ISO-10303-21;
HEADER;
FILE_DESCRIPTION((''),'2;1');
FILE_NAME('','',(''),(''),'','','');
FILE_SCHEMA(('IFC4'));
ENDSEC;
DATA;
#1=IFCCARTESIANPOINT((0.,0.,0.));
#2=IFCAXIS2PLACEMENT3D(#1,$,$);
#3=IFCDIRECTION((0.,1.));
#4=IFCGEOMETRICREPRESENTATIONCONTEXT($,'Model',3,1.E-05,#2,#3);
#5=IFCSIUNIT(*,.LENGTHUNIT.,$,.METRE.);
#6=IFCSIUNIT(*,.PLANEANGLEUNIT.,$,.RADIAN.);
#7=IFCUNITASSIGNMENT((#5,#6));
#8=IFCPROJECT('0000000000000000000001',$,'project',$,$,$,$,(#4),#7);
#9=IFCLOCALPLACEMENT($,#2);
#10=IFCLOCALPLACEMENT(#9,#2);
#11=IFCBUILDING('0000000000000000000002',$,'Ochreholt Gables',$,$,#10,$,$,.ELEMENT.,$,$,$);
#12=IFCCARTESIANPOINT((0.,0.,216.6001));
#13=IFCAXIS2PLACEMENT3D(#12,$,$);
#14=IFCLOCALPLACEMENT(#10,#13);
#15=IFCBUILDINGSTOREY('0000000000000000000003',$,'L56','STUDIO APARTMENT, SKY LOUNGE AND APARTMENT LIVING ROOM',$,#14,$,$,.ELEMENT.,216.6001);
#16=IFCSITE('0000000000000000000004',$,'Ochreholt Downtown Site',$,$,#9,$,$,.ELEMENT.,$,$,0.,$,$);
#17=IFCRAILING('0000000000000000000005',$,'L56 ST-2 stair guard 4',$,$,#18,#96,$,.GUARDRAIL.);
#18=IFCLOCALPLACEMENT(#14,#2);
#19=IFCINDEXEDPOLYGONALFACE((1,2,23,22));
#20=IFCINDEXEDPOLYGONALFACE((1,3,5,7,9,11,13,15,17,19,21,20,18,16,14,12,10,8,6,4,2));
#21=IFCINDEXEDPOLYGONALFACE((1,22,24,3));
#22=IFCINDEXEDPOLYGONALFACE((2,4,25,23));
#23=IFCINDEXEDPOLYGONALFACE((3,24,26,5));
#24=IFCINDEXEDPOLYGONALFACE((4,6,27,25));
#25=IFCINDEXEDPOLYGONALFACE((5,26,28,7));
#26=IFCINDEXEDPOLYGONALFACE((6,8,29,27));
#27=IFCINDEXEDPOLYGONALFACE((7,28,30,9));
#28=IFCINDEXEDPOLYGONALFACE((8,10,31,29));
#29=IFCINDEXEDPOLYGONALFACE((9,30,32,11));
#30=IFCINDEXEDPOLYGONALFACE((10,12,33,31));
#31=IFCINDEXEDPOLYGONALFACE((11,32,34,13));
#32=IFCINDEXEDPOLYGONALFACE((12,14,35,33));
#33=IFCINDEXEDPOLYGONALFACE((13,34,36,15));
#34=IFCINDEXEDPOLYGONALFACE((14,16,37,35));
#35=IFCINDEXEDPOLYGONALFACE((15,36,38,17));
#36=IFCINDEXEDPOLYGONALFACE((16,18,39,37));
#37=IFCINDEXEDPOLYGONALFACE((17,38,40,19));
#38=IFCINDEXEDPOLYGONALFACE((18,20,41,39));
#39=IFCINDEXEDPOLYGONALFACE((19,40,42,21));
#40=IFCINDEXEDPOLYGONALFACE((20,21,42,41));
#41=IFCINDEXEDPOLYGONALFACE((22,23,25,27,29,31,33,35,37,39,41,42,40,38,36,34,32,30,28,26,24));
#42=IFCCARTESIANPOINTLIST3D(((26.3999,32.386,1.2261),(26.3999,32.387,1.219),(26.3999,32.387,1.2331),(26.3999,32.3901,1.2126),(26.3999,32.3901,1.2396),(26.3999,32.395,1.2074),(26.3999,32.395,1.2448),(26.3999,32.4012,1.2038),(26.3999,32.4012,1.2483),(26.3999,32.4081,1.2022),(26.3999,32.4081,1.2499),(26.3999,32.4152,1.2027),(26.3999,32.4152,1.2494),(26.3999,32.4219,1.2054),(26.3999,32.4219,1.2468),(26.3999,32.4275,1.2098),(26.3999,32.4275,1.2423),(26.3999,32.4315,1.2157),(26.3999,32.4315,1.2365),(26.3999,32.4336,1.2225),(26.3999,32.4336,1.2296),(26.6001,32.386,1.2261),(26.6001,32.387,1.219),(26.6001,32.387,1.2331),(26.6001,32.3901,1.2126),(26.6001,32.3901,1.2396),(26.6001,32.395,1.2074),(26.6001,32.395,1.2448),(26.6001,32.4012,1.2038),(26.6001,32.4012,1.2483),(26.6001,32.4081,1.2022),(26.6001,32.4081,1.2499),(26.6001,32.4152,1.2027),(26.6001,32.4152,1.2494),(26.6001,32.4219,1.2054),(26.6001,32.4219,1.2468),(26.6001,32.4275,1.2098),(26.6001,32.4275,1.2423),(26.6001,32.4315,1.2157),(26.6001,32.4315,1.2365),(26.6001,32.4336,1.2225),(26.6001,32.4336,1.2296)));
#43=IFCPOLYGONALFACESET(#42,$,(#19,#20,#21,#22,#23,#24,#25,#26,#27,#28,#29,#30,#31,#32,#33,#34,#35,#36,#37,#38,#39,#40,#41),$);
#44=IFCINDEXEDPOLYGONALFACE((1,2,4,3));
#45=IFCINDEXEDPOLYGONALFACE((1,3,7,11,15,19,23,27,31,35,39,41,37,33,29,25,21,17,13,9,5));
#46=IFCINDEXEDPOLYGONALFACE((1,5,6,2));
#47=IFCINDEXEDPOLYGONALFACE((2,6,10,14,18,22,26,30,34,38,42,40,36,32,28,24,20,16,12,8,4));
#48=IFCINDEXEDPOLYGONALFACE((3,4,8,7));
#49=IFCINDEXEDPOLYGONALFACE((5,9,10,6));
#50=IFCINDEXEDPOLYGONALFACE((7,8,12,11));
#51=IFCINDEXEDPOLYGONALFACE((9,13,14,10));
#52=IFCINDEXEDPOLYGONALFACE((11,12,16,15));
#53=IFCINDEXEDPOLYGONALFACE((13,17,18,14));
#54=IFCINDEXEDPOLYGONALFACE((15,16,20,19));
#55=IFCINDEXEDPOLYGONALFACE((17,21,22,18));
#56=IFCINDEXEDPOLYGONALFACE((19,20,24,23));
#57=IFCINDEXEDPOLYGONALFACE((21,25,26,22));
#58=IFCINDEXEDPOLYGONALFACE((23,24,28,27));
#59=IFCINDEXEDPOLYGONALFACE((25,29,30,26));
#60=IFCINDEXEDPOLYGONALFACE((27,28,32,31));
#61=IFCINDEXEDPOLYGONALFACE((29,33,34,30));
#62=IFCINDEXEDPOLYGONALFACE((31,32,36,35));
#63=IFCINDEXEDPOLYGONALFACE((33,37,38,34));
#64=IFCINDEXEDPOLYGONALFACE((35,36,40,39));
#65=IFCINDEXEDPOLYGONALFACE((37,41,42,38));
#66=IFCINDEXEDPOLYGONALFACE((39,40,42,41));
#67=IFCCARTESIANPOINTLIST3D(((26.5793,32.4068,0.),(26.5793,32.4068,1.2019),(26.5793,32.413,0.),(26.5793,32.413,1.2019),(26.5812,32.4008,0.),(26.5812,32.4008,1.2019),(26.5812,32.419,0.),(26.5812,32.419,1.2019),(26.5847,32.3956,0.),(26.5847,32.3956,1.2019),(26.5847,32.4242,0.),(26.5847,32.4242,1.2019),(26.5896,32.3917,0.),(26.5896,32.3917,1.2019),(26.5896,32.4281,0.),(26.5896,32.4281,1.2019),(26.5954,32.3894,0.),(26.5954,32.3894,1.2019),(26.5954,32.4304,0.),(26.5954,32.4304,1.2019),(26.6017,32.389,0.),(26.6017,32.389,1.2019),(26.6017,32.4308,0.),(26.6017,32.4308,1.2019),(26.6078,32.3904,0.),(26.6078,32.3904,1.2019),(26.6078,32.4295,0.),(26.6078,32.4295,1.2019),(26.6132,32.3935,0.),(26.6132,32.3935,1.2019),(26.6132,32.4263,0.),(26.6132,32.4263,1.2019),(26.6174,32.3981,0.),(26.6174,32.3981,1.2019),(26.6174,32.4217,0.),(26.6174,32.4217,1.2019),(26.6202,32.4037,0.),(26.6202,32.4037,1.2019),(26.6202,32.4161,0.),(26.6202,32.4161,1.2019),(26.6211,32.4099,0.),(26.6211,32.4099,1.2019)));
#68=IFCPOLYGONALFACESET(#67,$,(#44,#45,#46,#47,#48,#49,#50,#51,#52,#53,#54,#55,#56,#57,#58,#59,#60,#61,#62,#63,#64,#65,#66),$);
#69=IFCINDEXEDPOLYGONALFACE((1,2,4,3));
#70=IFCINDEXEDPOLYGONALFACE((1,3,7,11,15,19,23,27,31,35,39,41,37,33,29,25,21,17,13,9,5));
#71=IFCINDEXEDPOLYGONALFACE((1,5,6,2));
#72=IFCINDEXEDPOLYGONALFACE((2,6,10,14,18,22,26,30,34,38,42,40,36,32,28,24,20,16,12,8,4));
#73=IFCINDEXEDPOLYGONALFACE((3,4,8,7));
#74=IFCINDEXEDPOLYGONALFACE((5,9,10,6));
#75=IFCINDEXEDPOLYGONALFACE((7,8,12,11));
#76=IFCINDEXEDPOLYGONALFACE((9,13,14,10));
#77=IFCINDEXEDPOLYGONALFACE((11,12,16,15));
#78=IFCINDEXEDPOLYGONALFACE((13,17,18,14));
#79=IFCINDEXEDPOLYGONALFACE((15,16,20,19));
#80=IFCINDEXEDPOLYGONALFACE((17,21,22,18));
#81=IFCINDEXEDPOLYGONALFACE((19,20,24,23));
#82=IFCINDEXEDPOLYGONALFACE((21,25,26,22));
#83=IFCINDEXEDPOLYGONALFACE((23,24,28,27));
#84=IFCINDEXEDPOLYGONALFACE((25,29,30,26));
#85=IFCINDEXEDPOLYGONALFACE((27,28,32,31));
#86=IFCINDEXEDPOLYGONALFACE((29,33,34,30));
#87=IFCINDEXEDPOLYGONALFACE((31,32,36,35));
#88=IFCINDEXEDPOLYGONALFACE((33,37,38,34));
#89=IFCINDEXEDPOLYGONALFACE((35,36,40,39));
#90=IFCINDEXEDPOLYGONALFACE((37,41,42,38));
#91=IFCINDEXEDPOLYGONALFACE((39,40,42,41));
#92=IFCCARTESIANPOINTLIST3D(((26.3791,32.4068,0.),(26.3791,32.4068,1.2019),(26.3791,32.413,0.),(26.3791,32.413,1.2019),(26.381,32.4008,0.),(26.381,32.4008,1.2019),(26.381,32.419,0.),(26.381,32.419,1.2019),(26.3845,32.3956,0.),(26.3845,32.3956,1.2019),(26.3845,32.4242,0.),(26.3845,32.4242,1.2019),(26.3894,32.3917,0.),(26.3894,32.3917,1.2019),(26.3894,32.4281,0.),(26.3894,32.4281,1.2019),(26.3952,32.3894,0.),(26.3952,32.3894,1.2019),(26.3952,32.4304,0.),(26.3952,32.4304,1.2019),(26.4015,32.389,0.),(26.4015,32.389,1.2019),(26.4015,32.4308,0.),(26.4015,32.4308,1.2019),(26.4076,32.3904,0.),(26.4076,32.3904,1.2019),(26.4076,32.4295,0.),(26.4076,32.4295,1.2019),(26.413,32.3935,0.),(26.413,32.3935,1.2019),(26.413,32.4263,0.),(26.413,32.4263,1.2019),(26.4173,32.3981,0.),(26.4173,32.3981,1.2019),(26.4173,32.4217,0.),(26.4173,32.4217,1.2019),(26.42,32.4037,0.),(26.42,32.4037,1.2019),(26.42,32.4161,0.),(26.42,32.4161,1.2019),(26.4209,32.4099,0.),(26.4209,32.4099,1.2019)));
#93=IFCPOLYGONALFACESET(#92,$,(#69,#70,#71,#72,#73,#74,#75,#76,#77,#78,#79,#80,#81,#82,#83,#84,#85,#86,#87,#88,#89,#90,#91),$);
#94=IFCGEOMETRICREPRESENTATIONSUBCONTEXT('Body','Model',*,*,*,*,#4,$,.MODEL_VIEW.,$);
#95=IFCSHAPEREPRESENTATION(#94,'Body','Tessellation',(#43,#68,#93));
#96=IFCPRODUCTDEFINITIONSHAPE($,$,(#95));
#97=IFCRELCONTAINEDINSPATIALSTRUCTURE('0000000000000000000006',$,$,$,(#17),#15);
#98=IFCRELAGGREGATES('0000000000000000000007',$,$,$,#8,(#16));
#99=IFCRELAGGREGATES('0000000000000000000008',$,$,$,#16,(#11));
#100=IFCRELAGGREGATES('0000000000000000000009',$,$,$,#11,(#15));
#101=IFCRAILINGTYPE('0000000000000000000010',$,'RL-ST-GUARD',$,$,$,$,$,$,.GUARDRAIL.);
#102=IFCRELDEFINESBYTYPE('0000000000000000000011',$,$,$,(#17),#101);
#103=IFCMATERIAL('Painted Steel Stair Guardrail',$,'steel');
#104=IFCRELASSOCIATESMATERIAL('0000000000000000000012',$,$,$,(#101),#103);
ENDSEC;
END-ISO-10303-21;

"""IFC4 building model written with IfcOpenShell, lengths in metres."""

from ifc_helpers import new_model, si_unit, direction, frame, origin, origin_2d, place, context, subcontext, project, spatial, circle, extrude, material, type_object, element, save


model = new_model("IFC4")

# Units and contexts
model_context = context("Model", 3, precision=1e-05, world=origin(), true_north=direction((0.0, 1.0)))
body_context = subcontext(model_context, "Body", "Model", "MODEL_VIEW")
ifc_project = project(units=[si_unit("LENGTHUNIT", "METRE"), si_unit("PLANEANGLEUNIT", "RADIAN")], contexts=[model_context])

# Site, building, storey
site_placement = place(None, origin())
site = spatial("IfcSite", under=ifc_project, at=site_placement, Name="Ochreholt Downtown Site", CompositionType="ELEMENT", RefElevation=0.0)
building_placement = place(site_placement, origin())
building = spatial("IfcBuilding", under=site, at=building_placement, Name="Ochreholt Gables", CompositionType="ELEMENT")
storey_placement = place(building_placement, frame((0.0, 0.0, 216.6001)))
storey = spatial("IfcBuildingStorey", under=building, at=storey_placement, Name="L56", Description="STUDIO APARTMENT, SKY LOUNGE AND APARTMENT LIVING ROOM", CompositionType="ELEMENT", Elevation=216.6001)

# Railing
ifc_material_1 = material(Name="Painted Steel Stair Guardrail", Category="steel")
railing_type_1 = type_object("IfcRailingType", Name="RL-ST-GUARD", PredefinedType="GUARDRAIL", material=ifc_material_1)
railing_1_placement = place(storey_placement, frame((26.6001, 32.4099, 0.0)))
element("IfcRailing", 1, at=railing_1_placement, inside=storey, type_object=railing_type_1, Name="L56 ST-2 stair guard 4", PredefinedType="GUARDRAIL", context=body_context, shape_type="SweptSolid", body=[
    extrude(circle(Radius=0.0239, at=origin_2d()), frame((0.0, 0.0, 1.2261), z_axis=(-1.0, 0.0, 0.0), x_axis=(0.0, -1.0, 0.0)), (0.0, 0.0, 1.0), 0.2002),
    extrude(circle(Radius=0.021, at=origin_2d()), origin(), (0.0, 0.0, 1.0), 1.2019),
    extrude(circle(Radius=0.021, at=origin_2d()), frame((-0.2002, 0.0, 0.0)), (0.0, 0.0, 1.0), 1.2019),
])

save(model, "model.ifc")
